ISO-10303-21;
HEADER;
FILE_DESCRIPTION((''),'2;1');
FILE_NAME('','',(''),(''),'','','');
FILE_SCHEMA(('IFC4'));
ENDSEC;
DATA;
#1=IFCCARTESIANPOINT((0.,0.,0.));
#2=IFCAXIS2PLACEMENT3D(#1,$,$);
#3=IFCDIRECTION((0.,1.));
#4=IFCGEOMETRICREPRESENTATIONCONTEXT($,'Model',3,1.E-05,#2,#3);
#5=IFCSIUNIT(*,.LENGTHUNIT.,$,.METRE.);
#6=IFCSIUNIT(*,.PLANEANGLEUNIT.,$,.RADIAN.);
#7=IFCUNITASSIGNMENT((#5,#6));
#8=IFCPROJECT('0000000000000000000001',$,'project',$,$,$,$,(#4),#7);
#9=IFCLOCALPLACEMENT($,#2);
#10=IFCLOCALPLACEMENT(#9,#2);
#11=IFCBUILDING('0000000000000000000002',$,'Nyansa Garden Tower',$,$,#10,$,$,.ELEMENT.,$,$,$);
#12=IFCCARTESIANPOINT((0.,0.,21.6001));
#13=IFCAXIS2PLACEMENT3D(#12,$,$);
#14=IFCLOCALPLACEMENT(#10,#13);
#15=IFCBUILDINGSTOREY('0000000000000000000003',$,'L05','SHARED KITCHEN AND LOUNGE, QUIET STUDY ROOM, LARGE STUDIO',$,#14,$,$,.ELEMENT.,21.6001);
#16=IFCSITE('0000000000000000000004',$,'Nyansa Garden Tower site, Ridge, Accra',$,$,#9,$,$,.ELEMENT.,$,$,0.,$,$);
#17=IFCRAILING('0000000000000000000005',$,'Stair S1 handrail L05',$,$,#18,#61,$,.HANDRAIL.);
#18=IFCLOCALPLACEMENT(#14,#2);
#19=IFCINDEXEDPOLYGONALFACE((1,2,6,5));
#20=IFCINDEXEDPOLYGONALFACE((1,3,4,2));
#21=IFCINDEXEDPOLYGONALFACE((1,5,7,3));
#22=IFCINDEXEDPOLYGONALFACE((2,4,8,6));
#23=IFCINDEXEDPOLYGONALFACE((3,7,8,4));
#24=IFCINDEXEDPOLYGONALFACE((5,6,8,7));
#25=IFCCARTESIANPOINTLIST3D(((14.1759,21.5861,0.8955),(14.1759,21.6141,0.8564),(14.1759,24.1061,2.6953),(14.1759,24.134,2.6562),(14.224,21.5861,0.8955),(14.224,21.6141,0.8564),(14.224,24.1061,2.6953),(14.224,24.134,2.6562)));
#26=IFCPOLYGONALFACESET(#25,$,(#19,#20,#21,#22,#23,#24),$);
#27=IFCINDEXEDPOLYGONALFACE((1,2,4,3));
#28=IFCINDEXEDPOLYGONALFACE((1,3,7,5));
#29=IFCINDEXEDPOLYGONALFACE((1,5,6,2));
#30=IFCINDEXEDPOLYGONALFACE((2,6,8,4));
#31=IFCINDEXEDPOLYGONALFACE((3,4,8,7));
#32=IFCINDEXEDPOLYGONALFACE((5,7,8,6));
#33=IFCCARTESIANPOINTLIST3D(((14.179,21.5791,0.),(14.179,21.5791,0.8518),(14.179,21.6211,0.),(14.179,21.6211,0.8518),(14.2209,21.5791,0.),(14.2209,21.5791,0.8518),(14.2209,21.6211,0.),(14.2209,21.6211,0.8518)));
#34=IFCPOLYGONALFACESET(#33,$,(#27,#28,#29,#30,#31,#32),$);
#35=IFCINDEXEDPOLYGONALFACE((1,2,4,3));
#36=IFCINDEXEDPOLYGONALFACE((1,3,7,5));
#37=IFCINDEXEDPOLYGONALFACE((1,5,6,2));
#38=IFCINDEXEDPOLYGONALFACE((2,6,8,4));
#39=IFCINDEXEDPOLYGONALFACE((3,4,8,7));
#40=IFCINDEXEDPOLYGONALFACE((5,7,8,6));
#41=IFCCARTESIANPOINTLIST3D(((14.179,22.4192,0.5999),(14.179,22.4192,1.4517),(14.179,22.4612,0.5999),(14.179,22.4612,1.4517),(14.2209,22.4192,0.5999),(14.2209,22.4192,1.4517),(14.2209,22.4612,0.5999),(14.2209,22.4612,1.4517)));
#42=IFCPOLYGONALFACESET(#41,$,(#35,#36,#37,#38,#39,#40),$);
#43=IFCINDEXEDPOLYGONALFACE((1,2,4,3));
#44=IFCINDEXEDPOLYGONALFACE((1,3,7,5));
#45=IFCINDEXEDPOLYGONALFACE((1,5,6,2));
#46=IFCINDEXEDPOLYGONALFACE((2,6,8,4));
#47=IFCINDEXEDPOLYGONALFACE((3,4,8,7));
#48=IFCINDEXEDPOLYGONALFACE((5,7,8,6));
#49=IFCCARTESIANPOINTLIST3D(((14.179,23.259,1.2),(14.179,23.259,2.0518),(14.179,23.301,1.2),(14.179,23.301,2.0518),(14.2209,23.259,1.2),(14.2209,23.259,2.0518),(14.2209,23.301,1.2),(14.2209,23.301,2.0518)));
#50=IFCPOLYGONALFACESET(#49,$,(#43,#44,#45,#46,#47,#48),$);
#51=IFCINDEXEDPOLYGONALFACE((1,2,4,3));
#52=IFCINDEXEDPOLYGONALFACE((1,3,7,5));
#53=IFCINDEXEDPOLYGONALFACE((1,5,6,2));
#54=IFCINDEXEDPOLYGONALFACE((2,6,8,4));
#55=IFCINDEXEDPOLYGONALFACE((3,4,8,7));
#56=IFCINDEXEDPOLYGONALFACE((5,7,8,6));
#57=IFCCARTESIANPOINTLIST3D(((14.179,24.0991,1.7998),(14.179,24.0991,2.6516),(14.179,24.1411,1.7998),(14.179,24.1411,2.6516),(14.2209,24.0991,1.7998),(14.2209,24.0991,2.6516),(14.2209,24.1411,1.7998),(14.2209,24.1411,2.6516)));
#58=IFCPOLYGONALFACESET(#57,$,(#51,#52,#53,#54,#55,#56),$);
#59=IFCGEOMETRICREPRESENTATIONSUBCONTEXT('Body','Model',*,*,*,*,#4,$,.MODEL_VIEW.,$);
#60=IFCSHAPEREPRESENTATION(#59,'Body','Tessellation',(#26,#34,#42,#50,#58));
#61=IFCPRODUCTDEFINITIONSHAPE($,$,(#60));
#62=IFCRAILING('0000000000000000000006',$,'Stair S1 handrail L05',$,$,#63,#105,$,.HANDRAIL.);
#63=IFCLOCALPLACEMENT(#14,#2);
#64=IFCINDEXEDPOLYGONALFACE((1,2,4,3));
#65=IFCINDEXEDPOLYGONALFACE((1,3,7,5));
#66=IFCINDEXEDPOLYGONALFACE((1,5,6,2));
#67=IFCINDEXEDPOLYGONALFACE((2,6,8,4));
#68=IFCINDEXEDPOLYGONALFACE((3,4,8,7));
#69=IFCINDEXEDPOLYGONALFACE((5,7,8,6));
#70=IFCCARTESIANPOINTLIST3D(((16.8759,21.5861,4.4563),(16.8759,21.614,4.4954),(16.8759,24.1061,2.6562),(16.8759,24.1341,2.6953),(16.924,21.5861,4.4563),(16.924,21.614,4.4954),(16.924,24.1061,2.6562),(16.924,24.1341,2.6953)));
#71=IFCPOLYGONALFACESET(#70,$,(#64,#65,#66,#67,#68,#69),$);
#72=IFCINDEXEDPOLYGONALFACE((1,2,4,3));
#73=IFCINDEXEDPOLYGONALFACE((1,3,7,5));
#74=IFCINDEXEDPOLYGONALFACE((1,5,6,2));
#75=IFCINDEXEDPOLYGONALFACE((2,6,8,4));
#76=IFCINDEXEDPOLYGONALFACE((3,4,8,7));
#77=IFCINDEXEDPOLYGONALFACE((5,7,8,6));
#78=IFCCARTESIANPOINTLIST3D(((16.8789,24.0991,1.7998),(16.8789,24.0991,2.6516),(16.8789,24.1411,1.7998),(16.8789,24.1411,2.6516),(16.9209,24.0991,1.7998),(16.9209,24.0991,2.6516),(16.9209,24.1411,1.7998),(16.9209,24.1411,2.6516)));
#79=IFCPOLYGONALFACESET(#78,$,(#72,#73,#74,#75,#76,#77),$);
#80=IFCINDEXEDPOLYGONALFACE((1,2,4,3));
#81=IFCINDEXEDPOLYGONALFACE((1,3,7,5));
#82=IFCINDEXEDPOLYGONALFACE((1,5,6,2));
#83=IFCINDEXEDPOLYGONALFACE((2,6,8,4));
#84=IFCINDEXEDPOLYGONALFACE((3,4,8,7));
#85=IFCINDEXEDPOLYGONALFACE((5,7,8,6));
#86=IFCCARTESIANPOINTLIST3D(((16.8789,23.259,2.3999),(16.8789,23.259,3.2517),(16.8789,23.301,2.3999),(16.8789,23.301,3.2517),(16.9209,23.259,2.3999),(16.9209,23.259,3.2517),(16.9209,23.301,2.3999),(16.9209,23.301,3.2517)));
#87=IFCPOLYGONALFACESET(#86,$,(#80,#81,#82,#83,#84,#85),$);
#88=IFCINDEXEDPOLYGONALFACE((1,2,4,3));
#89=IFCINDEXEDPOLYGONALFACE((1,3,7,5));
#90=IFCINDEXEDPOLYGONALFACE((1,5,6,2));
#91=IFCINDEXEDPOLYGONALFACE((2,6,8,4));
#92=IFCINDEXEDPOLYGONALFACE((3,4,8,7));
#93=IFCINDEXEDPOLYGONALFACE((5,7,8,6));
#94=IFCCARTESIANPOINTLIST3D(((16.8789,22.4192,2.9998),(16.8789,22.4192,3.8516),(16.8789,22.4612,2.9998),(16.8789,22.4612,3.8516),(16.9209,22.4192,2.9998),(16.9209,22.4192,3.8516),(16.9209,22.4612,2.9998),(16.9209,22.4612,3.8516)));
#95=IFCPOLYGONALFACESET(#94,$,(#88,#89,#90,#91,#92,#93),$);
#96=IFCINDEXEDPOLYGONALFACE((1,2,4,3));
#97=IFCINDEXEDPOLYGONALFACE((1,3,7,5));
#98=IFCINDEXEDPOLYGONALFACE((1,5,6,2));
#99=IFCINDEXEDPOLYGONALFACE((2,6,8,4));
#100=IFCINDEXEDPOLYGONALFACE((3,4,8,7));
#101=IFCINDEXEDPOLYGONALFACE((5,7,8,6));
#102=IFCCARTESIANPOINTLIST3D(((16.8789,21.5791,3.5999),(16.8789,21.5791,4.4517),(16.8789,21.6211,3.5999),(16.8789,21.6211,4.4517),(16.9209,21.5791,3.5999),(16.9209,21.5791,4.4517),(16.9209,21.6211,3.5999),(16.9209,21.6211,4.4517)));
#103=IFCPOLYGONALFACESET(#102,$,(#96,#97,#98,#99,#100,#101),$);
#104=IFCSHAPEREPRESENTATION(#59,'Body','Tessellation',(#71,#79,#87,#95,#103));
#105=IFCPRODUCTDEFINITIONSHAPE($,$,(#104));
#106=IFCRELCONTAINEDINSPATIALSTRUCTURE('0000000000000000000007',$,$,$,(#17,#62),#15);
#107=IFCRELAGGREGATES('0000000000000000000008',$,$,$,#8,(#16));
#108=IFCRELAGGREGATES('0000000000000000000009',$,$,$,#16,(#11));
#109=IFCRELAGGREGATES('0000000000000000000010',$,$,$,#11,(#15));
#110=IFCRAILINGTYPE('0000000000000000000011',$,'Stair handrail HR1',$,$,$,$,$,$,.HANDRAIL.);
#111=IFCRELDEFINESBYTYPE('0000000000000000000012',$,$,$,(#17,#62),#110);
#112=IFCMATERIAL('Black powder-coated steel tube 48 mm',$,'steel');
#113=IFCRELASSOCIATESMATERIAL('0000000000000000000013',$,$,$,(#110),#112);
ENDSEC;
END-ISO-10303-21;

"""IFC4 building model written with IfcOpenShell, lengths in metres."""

from ifc_helpers import new_model, si_unit, direction, frame, origin, origin_2d, place, context, subcontext, project, spatial, rectangle, extrude, material, type_object, element, save


model = new_model("IFC4")

# Units and contexts
model_context = context("Model", 3, precision=1e-05, world=origin(), true_north=direction((0.0, 1.0)))
body_context = subcontext(model_context, "Body", "Model", "MODEL_VIEW")
ifc_project = project(units=[si_unit("LENGTHUNIT", "METRE"), si_unit("PLANEANGLEUNIT", "RADIAN")], contexts=[model_context])

# Site, building, storey
site_placement = place(None, origin())
site = spatial("IfcSite", under=ifc_project, at=site_placement, Name="Nyansa Garden Tower site, Ridge, Accra", CompositionType="ELEMENT", RefElevation=0.0)
building_placement = place(site_placement, origin())
building = spatial("IfcBuilding", under=site, at=building_placement, Name="Nyansa Garden Tower", CompositionType="ELEMENT")
storey_placement = place(building_placement, frame((0.0, 0.0, 21.6001)))
storey = spatial("IfcBuildingStorey", under=building, at=storey_placement, Name="L05", Description="SHARED KITCHEN AND LOUNGE, QUIET STUDY ROOM, LARGE STUDIO", CompositionType="ELEMENT", Elevation=21.6001)

# Railings
ifc_material_1 = material(Name="Black powder-coated steel tube 48 mm", Category="steel")
railing_type = type_object("IfcRailingType", Name="Stair handrail HR1", PredefinedType="HANDRAIL", material=ifc_material_1)
railing_1_placement = place(storey_placement, frame((14.2, 21.6001, 0.0)))
element("IfcRailing", 1, at=railing_1_placement, inside=storey, type_object=railing_type, Name="Stair S1 handrail L05", PredefinedType="HANDRAIL", context=body_context, shape_type="SweptSolid", body=[
    extrude(rectangle(XDim=0.0481, YDim=0.0481, at=origin_2d()), frame((0.0, 0.0, 0.876), z_axis=(0.0, 0.813765, 0.581193), x_axis=(-1.0, 0.0, 0.0)), (0.0, 0.0, 1.0), 3.0967),
    extrude(rectangle(XDim=0.042, YDim=0.042, at=origin_2d()), origin(), (0.0, 0.0, 1.0), 0.8518),
    extrude(rectangle(XDim=0.042, YDim=0.042, at=origin_2d()), frame((0.0, 0.8401, 0.5999)), (0.0, 0.0, 1.0), 0.8518),
    extrude(rectangle(XDim=0.042, YDim=0.042, at=origin_2d()), frame((0.0, 1.6799, 1.2)), (0.0, 0.0, 1.0), 0.8518),
    extrude(rectangle(XDim=0.042, YDim=0.042, at=origin_2d()), frame((0.0, 2.52, 1.7998)), (0.0, 0.0, 1.0), 0.8518),
])
railing_2_placement = place(storey_placement, frame((16.8999, 24.1201, 1.7998)))
element("IfcRailing", 2, at=railing_2_placement, inside=storey, type_object=railing_type, Name="Stair S1 handrail L05", PredefinedType="HANDRAIL", context=body_context, shape_type="SweptSolid", body=[
    extrude(rectangle(XDim=0.0481, YDim=0.0481, at=origin_2d()), frame((0.0, 0.0, 0.876), z_axis=(0.0, -0.813728, 0.581246), x_axis=(1.0, 0.0, 0.0)), (0.0, 0.0, 1.0), 3.0969),
    extrude(rectangle(XDim=0.042, YDim=0.042, at=origin_2d()), origin(), (0.0, 0.0, 1.0), 0.8518),
    extrude(rectangle(XDim=0.042, YDim=0.042, at=origin_2d()), frame((0.0, -0.8401, 0.6001)), (0.0, 0.0, 1.0), 0.8518),
    extrude(rectangle(XDim=0.042, YDim=0.042, at=origin_2d()), frame((0.0, -1.6799, 1.2)), (0.0, 0.0, 1.0), 0.8518),
    extrude(rectangle(XDim=0.042, YDim=0.042, at=origin_2d()), frame((0.0, -2.52, 1.8)), (0.0, 0.0, 1.0), 0.8518),
])

save(model, "model.ifc")
